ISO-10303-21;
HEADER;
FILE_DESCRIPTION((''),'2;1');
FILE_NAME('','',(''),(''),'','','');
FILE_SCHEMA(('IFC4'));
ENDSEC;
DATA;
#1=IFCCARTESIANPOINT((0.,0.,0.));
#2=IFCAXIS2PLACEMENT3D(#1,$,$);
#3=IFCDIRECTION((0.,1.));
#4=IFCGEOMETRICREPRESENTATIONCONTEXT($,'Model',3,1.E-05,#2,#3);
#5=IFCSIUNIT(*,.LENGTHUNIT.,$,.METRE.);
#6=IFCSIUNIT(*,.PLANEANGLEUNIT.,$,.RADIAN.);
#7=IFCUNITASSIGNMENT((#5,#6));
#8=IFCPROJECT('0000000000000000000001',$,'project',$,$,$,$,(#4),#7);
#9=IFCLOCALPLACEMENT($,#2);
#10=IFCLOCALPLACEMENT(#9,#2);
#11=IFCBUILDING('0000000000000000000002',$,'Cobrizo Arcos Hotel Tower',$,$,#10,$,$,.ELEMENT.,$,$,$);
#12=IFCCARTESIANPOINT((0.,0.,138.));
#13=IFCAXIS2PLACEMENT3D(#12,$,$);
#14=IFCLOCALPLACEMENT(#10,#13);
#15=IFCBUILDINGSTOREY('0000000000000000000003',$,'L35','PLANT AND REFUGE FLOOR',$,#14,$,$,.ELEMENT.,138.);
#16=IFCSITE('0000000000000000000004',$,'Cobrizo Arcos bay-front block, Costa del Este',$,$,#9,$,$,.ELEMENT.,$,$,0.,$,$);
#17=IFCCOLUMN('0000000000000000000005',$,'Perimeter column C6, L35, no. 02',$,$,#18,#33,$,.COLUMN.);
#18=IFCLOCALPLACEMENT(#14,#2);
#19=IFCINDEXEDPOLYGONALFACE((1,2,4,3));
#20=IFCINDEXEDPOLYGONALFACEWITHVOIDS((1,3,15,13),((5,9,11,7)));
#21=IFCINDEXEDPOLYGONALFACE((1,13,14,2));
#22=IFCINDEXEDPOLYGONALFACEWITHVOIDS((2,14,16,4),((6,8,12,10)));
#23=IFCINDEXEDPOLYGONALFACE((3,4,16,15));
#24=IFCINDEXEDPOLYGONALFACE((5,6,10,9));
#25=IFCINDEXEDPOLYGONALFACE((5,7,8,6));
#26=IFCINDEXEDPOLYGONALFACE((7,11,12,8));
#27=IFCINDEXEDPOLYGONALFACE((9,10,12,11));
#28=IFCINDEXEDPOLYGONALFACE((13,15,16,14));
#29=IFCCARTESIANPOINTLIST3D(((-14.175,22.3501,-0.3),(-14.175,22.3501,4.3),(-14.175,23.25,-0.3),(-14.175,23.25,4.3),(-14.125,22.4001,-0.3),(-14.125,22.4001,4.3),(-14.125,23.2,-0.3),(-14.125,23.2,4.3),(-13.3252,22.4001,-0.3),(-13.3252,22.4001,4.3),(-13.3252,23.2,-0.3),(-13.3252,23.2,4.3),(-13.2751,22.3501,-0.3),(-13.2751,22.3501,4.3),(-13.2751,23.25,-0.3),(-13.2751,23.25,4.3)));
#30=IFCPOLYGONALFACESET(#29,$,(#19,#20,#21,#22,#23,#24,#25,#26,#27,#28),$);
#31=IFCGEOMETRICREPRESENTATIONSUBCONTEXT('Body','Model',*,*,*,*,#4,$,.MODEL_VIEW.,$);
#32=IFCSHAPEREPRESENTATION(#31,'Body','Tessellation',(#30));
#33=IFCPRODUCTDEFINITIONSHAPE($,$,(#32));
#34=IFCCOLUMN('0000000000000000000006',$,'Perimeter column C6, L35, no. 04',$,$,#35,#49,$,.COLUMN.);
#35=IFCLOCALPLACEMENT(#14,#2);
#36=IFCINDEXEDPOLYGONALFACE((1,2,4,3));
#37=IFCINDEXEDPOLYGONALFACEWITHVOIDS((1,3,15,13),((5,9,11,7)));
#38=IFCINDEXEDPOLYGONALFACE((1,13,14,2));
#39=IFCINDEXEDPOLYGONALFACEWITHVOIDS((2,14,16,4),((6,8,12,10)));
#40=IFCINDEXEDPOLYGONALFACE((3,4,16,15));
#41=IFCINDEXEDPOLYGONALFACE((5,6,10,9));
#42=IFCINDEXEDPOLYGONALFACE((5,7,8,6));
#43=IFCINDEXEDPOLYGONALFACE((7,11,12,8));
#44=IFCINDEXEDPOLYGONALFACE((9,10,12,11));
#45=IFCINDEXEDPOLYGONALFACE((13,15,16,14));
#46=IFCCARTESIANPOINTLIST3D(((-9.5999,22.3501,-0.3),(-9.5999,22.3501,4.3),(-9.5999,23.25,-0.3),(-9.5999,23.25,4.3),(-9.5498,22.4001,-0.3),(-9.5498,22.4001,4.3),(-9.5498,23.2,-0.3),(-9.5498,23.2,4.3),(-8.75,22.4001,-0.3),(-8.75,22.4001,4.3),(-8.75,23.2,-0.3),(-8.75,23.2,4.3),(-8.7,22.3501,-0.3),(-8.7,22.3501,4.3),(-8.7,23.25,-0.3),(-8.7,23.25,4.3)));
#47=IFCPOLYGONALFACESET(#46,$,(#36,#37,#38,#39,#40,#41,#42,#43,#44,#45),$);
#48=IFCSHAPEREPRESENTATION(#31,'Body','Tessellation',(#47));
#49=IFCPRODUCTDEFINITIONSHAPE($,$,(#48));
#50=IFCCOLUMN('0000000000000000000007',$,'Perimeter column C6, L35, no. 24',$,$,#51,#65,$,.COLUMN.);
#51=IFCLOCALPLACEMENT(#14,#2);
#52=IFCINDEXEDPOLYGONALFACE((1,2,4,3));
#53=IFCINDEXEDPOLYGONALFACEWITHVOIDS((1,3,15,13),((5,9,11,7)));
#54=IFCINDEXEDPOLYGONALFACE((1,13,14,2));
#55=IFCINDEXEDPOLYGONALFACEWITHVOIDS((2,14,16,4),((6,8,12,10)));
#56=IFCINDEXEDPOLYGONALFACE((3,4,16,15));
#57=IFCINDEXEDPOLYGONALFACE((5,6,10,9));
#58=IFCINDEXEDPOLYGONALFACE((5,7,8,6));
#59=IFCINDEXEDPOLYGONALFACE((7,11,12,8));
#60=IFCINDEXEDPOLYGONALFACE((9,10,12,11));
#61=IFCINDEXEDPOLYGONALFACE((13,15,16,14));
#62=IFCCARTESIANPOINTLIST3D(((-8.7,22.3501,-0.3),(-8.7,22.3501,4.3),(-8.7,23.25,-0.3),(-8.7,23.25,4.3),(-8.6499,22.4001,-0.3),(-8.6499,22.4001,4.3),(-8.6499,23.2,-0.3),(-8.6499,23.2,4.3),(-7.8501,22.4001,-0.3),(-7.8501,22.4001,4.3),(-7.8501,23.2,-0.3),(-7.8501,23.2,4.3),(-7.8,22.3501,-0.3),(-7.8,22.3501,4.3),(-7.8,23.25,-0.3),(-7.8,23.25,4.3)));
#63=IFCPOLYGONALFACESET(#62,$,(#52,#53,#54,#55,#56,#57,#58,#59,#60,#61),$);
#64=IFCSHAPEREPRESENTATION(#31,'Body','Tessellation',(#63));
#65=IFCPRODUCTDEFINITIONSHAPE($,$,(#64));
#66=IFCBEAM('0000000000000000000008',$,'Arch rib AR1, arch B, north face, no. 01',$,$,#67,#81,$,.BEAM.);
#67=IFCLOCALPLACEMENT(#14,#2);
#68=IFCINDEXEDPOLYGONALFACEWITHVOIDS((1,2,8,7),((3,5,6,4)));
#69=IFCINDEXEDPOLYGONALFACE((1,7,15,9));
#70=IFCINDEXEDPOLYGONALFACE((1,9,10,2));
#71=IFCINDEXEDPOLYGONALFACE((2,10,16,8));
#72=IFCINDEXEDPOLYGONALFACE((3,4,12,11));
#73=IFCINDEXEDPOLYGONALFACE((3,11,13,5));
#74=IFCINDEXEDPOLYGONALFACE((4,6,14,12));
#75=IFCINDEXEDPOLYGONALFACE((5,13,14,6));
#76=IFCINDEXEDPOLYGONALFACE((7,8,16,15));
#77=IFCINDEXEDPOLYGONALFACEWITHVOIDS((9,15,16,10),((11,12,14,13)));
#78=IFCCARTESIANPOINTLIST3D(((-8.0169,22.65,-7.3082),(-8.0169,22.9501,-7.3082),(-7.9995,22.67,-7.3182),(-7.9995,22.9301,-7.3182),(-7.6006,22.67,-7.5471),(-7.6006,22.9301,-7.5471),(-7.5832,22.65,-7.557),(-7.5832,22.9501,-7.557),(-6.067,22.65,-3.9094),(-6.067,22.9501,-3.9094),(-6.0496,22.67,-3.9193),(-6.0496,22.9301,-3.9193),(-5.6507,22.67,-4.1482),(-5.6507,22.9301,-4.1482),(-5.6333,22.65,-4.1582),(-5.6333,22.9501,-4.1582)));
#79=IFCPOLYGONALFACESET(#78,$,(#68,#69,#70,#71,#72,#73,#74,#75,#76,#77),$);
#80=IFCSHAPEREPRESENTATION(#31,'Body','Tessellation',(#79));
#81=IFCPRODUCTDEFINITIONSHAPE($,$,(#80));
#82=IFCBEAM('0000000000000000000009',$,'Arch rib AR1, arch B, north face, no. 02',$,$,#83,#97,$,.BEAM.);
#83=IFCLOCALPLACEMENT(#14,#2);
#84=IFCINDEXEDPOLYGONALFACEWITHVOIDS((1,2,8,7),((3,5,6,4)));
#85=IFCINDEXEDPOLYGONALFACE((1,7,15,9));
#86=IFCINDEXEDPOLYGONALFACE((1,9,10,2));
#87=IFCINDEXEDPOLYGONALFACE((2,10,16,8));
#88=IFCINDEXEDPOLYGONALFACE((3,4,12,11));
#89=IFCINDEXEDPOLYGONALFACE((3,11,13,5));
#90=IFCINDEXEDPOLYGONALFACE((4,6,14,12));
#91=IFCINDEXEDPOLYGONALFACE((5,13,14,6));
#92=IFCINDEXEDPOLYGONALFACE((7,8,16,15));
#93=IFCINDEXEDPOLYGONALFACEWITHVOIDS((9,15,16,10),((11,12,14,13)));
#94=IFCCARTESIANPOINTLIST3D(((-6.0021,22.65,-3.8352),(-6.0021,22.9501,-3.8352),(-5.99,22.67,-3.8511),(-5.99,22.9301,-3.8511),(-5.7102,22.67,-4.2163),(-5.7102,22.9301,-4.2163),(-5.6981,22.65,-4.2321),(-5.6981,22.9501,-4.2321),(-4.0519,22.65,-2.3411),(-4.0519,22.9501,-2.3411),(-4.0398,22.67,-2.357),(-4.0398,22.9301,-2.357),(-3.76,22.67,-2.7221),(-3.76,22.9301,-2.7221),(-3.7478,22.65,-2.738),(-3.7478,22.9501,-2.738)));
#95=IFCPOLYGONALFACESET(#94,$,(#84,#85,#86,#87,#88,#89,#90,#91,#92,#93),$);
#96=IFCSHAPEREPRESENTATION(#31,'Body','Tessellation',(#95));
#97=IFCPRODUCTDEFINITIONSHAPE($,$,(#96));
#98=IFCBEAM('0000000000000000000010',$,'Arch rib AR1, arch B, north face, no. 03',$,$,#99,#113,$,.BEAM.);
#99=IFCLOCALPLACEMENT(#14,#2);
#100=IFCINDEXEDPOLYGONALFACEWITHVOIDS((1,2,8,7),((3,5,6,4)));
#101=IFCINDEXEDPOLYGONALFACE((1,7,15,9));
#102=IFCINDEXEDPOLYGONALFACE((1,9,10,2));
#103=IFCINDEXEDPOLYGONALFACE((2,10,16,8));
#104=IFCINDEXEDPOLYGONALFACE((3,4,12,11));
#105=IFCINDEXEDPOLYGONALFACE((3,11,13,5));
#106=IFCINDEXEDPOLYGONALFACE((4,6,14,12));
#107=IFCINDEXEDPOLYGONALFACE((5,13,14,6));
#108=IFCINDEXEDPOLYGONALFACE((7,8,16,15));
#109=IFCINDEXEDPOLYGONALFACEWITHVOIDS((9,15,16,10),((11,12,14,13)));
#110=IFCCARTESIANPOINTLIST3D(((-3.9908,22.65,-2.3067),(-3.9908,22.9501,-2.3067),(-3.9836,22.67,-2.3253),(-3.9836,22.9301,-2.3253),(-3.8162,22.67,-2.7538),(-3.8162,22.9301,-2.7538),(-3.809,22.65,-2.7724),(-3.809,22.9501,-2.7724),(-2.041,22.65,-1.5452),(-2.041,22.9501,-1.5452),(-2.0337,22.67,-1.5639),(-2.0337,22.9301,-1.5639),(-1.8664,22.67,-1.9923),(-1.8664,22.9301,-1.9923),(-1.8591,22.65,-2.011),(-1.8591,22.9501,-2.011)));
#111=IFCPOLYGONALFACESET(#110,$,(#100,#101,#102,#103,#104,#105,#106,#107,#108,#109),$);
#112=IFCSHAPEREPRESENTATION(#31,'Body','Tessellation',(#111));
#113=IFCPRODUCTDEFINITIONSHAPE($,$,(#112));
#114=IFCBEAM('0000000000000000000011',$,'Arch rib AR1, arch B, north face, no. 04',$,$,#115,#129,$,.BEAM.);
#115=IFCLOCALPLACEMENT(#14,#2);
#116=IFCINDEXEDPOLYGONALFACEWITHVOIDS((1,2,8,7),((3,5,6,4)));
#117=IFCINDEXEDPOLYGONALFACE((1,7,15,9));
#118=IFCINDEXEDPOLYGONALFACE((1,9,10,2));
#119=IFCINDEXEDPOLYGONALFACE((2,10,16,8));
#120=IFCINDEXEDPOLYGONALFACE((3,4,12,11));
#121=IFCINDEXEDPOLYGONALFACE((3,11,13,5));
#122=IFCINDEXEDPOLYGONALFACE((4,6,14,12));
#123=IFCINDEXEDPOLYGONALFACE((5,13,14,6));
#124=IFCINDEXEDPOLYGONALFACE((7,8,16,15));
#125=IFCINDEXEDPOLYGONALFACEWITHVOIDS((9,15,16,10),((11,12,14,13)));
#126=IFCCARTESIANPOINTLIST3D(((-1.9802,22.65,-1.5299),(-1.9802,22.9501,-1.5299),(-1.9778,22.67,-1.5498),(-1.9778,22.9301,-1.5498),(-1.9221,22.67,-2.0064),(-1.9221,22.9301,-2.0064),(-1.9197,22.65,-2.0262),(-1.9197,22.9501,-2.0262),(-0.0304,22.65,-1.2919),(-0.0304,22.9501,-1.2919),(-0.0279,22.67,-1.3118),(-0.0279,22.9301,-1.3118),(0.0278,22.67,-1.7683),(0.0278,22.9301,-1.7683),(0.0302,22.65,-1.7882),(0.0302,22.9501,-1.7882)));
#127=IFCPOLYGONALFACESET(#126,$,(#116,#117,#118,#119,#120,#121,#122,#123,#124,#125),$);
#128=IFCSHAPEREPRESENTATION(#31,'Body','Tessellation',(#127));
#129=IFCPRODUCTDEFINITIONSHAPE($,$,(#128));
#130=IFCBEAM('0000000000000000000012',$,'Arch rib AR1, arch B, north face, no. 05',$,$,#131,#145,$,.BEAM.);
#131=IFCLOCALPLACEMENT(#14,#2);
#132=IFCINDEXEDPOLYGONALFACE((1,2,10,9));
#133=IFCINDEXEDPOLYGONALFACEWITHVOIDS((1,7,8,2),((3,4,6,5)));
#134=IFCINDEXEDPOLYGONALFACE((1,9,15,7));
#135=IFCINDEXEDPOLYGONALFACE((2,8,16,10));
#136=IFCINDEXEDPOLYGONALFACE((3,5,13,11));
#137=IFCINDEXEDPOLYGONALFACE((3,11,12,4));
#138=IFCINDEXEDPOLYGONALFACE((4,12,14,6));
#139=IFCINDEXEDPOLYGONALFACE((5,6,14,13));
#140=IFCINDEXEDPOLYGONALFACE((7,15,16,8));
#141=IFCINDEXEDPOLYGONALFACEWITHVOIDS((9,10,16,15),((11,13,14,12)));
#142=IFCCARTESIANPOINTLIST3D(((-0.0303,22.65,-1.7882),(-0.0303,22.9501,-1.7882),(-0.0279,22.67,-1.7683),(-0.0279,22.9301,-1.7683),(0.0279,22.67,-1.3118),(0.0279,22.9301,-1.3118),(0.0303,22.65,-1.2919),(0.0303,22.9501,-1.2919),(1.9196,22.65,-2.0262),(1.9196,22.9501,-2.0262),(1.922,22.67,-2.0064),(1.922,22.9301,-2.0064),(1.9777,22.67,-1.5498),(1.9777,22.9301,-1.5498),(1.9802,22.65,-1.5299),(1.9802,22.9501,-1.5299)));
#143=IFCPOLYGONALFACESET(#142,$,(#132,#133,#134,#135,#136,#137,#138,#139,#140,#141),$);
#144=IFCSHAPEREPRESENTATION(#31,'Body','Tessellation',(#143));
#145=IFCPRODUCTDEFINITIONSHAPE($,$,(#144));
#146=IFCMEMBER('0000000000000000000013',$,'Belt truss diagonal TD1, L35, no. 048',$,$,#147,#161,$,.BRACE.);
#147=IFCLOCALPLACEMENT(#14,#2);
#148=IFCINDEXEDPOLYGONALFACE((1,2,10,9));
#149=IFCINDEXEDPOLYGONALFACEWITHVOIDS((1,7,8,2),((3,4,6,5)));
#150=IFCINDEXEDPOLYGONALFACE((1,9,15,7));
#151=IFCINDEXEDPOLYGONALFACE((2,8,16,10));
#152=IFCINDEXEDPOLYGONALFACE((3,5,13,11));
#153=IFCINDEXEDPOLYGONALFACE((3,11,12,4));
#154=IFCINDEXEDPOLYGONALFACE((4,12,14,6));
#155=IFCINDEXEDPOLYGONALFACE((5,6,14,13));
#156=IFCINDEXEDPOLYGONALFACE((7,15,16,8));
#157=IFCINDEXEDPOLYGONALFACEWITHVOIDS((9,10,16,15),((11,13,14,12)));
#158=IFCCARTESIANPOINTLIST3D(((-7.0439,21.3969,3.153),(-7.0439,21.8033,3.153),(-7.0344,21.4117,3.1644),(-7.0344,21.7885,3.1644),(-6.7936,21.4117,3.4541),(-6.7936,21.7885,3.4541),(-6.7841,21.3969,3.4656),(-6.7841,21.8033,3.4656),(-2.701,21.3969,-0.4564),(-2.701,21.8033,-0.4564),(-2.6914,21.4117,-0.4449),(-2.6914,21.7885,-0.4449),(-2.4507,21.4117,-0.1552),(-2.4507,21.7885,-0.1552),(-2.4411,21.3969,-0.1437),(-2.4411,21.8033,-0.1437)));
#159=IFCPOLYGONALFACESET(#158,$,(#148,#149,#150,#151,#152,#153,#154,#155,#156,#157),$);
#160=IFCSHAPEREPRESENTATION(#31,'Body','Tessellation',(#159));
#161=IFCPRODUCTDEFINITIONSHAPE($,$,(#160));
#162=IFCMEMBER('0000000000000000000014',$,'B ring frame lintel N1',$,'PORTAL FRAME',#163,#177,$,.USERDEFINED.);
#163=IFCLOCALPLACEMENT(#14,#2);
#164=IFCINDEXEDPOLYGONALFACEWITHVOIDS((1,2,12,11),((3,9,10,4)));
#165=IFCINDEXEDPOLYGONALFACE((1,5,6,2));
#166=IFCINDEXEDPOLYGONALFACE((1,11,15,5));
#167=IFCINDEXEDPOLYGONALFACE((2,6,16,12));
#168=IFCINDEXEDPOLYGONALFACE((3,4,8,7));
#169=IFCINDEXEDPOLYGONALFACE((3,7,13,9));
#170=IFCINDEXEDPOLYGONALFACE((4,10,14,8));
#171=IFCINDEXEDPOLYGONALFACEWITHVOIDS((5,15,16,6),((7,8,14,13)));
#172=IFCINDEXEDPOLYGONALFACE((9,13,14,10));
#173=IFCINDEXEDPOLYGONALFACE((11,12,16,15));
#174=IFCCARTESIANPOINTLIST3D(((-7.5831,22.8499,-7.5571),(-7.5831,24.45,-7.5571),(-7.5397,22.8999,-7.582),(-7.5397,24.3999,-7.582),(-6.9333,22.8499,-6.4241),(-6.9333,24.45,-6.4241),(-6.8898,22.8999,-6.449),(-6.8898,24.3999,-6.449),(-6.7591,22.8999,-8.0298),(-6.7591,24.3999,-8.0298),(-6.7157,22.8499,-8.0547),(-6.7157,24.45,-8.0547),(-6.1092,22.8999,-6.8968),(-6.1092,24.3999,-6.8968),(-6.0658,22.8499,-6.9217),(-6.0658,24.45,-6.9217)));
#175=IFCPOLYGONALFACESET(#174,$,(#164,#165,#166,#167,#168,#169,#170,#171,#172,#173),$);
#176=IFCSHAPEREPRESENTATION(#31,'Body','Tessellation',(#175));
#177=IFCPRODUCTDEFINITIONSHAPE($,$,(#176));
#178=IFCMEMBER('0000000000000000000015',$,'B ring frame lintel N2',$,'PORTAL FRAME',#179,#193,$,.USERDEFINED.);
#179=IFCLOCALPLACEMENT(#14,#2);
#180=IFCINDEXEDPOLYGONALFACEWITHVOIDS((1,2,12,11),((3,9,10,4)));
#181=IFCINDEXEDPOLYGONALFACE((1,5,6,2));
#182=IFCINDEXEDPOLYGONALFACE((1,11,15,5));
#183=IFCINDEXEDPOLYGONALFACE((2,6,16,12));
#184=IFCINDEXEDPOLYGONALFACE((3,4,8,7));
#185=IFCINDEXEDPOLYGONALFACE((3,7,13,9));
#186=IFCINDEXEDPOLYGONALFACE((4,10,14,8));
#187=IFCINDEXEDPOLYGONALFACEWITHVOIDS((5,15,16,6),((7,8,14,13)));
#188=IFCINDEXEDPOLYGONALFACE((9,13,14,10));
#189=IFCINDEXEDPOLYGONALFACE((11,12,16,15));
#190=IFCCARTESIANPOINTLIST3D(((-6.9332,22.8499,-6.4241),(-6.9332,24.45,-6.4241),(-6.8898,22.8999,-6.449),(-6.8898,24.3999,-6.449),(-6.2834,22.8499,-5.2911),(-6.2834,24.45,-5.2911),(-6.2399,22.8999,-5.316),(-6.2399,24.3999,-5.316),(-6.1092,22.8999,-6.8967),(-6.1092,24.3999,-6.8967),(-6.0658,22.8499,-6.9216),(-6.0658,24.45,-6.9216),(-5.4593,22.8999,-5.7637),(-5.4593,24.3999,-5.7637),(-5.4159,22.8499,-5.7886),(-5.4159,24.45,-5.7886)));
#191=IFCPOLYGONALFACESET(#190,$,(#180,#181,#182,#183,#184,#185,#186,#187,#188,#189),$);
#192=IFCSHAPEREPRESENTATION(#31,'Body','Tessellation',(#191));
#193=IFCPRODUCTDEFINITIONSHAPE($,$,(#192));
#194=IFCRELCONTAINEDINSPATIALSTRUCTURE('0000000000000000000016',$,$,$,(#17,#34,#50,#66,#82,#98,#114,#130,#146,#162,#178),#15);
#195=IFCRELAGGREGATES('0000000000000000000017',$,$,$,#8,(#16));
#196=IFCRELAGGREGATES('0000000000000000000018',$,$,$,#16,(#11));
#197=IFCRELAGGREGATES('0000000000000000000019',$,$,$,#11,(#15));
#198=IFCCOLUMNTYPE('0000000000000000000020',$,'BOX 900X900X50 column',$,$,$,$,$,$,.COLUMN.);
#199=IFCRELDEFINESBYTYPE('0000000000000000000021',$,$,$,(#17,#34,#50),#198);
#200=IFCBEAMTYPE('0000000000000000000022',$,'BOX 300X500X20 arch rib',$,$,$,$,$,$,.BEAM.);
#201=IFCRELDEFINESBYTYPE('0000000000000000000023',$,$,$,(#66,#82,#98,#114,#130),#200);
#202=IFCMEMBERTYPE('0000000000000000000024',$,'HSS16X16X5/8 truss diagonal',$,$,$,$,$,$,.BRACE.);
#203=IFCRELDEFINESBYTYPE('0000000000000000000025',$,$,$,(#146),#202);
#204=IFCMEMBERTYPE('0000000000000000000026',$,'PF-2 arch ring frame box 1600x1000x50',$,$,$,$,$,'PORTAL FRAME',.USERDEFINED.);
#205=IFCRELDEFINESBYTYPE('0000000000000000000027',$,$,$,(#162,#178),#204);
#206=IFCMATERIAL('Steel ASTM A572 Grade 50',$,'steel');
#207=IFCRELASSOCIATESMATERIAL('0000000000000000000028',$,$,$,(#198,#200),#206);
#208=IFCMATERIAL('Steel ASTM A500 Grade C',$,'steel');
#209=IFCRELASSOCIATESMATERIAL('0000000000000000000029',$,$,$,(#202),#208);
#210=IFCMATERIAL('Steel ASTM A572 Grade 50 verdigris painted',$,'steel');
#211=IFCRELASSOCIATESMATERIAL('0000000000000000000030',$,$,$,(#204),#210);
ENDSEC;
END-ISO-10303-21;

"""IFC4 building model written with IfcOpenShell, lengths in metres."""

from ifc_helpers import new_model, si_unit, direction, frame, origin, origin_2d, place, context, subcontext, project, spatial, hollow_rectangle, extrude, material, material_profile, profile_set, type_object, element, save


model = new_model("IFC4")

# Units and contexts
model_context = context("Model", 3, precision=1e-05, world=origin(), true_north=direction((0.0, 1.0)))
body_context = subcontext(model_context, "Body", "Model", "MODEL_VIEW")
ifc_project = project(units=[si_unit("LENGTHUNIT", "METRE"), si_unit("PLANEANGLEUNIT", "RADIAN")], contexts=[model_context])

# Site, building, storey
site_placement = place(None, origin())
site = spatial("IfcSite", under=ifc_project, at=site_placement, Name="Cobrizo Arcos bay-front block, Costa del Este", CompositionType="ELEMENT", RefElevation=0.0)
building_placement = place(site_placement, origin())
building = spatial("IfcBuilding", under=site, at=building_placement, Name="Cobrizo Arcos Hotel Tower", CompositionType="ELEMENT")
storey_placement = place(building_placement, frame((0.0, 0.0, 138.0)))
storey = spatial("IfcBuildingStorey", under=building, at=storey_placement, Name="L35", Description="PLANT AND REFUGE FLOOR", CompositionType="ELEMENT", Elevation=138.0)

# Columns
ifc_material_1 = material(Name="Steel ASTM A572 Grade 50", Category="steel")
ifc_material_profile_1 = material_profile(ifc_material_1, hollow_rectangle(XDim=0.8999, YDim=0.8999, WallThickness=0.05, at=origin_2d()), Name="BOX 900X900X50")
ifc_profile_set_1 = profile_set([ifc_material_profile_1], Name="Steel ASTM A572 Grade 50")
column_type = type_object("IfcColumnType", Name="BOX 900X900X50 column", PredefinedType="COLUMN", material=ifc_profile_set_1)
for number, where, z_axis, x_axis, name in (
    (1, (-13.7251, 22.8, -0.3), (0.0, 0.0, 1.0), (1.0, 0.0, 0.0), "Perimeter column C6, L35, no. 02"),
    (2, (-9.1499, 22.8, -0.3), (0.0, 0.0, 1.0), (1.0, 0.0, 0.0), "Perimeter column C6, L35, no. 04"),
    (3, (-8.25, 22.8, -0.3), (0.0, 0.0, 1.0), (1.0, 0.0, 0.0), "Perimeter column C6, L35, no. 24"),
):
    element("IfcColumn", number, at=place(storey_placement, frame(where, z_axis=z_axis, x_axis=x_axis)), inside=storey, type_object=column_type, Name=name, PredefinedType="COLUMN", context=body_context, shape_type="SweptSolid", body=[
        extrude(hollow_rectangle(XDim=0.8999, YDim=0.8999, WallThickness=0.05, at=origin_2d()), origin(), (0.0, 0.0, 1.0), 4.6001),
    ])

# Beams
ifc_material_profile_2 = material_profile(ifc_material_1, hollow_rectangle(XDim=0.3, YDim=0.5, WallThickness=0.02, at=origin_2d()), Name="BOX 300X500X20")
ifc_profile_set_2 = profile_set([ifc_material_profile_2], Name="Steel ASTM A572 Grade 50")
beam_type = type_object("IfcBeamType", Name="BOX 300X500X20 arch rib", PredefinedType="BEAM", material=ifc_profile_set_2)
beam_1_placement = place(storey_placement, frame((-7.8, 22.8, -7.4326), z_axis=(0.497621, 0.0, 0.867395), x_axis=(0.0, 1.0, 0.0)))
element("IfcBeam", 4, at=beam_1_placement, inside=storey, type_object=beam_type, Name="Arch rib AR1, arch B, north face, no. 01", PredefinedType="BEAM", context=body_context, shape_type="SweptSolid", body=[
    extrude(hollow_rectangle(XDim=0.3, YDim=0.5, WallThickness=0.02, at=origin_2d()), origin(), (0.0, 0.0, 1.0), 3.9185),
])
beam_2_placement = place(storey_placement, frame((-5.8501, 22.8, -4.0337), z_axis=(0.793805, 0.0, 0.608173), x_axis=(0.0, 1.0, 0.0)))
element("IfcBeam", 5, at=beam_2_placement, inside=storey, type_object=beam_type, Name="Arch rib AR1, arch B, north face, no. 02", PredefinedType="BEAM", context=body_context, shape_type="SweptSolid", body=[
    extrude(hollow_rectangle(XDim=0.3, YDim=0.5, WallThickness=0.02, at=origin_2d()), origin(), (0.0, 0.0, 1.0), 2.4568),
])
beam_3_placement = place(storey_placement, frame((-3.8999, 22.8, -2.5396), z_axis=(0.931494, 0.0, 0.363757), x_axis=(0.0, 1.0, 0.0)))
element("IfcBeam", 6, at=beam_3_placement, inside=storey, type_object=beam_type, Name="Arch rib AR1, arch B, north face, no. 03", PredefinedType="BEAM", context=body_context, shape_type="SweptSolid", body=[
    extrude(hollow_rectangle(XDim=0.3, YDim=0.5, WallThickness=0.02, at=origin_2d()), origin(), (0.0, 0.0, 1.0), 2.0933),
])
for number, where, z_axis, x_axis, name in (
    (7, (-1.95, 22.8, -1.7781), (0.992631, 0.0, 0.121174), (0.0, 1.0, 0.0), "Arch rib AR1, arch B, north face, no. 04"),
    (8, (0.0, 22.8, -1.54), (0.992631, 0.0, -0.121174), (0.0, 1.0, 0.0), "Arch rib AR1, arch B, north face, no. 05"),
):
    element("IfcBeam", number, at=place(storey_placement, frame(where, z_axis=z_axis, x_axis=x_axis)), inside=storey, type_object=beam_type, Name=name, PredefinedType="BEAM", context=body_context, shape_type="SweptSolid", body=[
        extrude(hollow_rectangle(XDim=0.3, YDim=0.5, WallThickness=0.02, at=origin_2d()), origin(), (0.0, 0.0, 1.0), 1.9644),
    ])

# Members
ifc_material_2 = material(Name="Steel ASTM A500 Grade C", Category="steel")
ifc_material_profile_3 = material_profile(ifc_material_2, hollow_rectangle(XDim=0.4065, YDim=0.4065, WallThickness=0.0149, at=origin_2d()), Name="HSS16X16X5/8")
ifc_profile_set_3 = profile_set([ifc_material_profile_3], Name="Steel ASTM A500 Grade C")
member_type_1 = type_object("IfcMemberType", Name="HSS16X16X5/8 truss diagonal", PredefinedType="BRACE", material=ifc_profile_set_3)
member_1_placement = place(storey_placement, frame((-2.571, 21.6001, -0.3), z_axis=(-0.769075, 0.0, 0.639159), x_axis=(0.0, -1.0, 0.0)))
element("IfcMember", 9, at=member_1_placement, inside=storey, type_object=member_type_1, Name="Belt truss diagonal TD1, L35, no. 048", PredefinedType="BRACE", context=body_context, shape_type="SweptSolid", body=[
    extrude(hollow_rectangle(XDim=0.4065, YDim=0.4065, WallThickness=0.0149, at=origin_2d()), origin(), (0.0, 0.0, 1.0), 5.647),
])
ifc_material_3 = material(Name="Steel ASTM A572 Grade 50 verdigris painted", Category="steel")
ifc_material_profile_4 = material_profile(ifc_material_3, hollow_rectangle(XDim=1.6001, YDim=1.0, WallThickness=0.05, at=origin_2d()), Name="PF-2 arch ring frame box 1600x1000x50")
ifc_profile_set_4 = profile_set([ifc_material_profile_4], Name="Steel ASTM A572 Grade 50 verdigris painted")
member_type_2 = type_object("IfcMemberType", Name="PF-2 arch ring frame box 1600x1000x50", ElementType="PORTAL FRAME", PredefinedType="USERDEFINED", material=ifc_profile_set_4)
for number, where, z_axis, x_axis, name in (
    (10, (-7.1494, 23.6499, -7.8059), (0.497547, 0.0, 0.867437), (0.0, 1.0, 0.0), "B ring frame lintel N1"),
    (11, (-6.4995, 23.6499, -6.6729), (0.497547, 0.0, 0.867437), (0.0, 1.0, 0.0), "B ring frame lintel N2"),
):
    element("IfcMember", number, at=place(storey_placement, frame(where, z_axis=z_axis, x_axis=x_axis)), inside=storey, type_object=member_type_2, Name=name, ObjectType="PORTAL FRAME", PredefinedType="USERDEFINED", context=body_context, shape_type="SweptSolid", body=[
        extrude(hollow_rectangle(XDim=1.6001, YDim=1.0, WallThickness=0.05, at=origin_2d()), origin(), (0.0, 0.0, 1.0), 1.3062),
    ])

save(model, "model.ifc")
